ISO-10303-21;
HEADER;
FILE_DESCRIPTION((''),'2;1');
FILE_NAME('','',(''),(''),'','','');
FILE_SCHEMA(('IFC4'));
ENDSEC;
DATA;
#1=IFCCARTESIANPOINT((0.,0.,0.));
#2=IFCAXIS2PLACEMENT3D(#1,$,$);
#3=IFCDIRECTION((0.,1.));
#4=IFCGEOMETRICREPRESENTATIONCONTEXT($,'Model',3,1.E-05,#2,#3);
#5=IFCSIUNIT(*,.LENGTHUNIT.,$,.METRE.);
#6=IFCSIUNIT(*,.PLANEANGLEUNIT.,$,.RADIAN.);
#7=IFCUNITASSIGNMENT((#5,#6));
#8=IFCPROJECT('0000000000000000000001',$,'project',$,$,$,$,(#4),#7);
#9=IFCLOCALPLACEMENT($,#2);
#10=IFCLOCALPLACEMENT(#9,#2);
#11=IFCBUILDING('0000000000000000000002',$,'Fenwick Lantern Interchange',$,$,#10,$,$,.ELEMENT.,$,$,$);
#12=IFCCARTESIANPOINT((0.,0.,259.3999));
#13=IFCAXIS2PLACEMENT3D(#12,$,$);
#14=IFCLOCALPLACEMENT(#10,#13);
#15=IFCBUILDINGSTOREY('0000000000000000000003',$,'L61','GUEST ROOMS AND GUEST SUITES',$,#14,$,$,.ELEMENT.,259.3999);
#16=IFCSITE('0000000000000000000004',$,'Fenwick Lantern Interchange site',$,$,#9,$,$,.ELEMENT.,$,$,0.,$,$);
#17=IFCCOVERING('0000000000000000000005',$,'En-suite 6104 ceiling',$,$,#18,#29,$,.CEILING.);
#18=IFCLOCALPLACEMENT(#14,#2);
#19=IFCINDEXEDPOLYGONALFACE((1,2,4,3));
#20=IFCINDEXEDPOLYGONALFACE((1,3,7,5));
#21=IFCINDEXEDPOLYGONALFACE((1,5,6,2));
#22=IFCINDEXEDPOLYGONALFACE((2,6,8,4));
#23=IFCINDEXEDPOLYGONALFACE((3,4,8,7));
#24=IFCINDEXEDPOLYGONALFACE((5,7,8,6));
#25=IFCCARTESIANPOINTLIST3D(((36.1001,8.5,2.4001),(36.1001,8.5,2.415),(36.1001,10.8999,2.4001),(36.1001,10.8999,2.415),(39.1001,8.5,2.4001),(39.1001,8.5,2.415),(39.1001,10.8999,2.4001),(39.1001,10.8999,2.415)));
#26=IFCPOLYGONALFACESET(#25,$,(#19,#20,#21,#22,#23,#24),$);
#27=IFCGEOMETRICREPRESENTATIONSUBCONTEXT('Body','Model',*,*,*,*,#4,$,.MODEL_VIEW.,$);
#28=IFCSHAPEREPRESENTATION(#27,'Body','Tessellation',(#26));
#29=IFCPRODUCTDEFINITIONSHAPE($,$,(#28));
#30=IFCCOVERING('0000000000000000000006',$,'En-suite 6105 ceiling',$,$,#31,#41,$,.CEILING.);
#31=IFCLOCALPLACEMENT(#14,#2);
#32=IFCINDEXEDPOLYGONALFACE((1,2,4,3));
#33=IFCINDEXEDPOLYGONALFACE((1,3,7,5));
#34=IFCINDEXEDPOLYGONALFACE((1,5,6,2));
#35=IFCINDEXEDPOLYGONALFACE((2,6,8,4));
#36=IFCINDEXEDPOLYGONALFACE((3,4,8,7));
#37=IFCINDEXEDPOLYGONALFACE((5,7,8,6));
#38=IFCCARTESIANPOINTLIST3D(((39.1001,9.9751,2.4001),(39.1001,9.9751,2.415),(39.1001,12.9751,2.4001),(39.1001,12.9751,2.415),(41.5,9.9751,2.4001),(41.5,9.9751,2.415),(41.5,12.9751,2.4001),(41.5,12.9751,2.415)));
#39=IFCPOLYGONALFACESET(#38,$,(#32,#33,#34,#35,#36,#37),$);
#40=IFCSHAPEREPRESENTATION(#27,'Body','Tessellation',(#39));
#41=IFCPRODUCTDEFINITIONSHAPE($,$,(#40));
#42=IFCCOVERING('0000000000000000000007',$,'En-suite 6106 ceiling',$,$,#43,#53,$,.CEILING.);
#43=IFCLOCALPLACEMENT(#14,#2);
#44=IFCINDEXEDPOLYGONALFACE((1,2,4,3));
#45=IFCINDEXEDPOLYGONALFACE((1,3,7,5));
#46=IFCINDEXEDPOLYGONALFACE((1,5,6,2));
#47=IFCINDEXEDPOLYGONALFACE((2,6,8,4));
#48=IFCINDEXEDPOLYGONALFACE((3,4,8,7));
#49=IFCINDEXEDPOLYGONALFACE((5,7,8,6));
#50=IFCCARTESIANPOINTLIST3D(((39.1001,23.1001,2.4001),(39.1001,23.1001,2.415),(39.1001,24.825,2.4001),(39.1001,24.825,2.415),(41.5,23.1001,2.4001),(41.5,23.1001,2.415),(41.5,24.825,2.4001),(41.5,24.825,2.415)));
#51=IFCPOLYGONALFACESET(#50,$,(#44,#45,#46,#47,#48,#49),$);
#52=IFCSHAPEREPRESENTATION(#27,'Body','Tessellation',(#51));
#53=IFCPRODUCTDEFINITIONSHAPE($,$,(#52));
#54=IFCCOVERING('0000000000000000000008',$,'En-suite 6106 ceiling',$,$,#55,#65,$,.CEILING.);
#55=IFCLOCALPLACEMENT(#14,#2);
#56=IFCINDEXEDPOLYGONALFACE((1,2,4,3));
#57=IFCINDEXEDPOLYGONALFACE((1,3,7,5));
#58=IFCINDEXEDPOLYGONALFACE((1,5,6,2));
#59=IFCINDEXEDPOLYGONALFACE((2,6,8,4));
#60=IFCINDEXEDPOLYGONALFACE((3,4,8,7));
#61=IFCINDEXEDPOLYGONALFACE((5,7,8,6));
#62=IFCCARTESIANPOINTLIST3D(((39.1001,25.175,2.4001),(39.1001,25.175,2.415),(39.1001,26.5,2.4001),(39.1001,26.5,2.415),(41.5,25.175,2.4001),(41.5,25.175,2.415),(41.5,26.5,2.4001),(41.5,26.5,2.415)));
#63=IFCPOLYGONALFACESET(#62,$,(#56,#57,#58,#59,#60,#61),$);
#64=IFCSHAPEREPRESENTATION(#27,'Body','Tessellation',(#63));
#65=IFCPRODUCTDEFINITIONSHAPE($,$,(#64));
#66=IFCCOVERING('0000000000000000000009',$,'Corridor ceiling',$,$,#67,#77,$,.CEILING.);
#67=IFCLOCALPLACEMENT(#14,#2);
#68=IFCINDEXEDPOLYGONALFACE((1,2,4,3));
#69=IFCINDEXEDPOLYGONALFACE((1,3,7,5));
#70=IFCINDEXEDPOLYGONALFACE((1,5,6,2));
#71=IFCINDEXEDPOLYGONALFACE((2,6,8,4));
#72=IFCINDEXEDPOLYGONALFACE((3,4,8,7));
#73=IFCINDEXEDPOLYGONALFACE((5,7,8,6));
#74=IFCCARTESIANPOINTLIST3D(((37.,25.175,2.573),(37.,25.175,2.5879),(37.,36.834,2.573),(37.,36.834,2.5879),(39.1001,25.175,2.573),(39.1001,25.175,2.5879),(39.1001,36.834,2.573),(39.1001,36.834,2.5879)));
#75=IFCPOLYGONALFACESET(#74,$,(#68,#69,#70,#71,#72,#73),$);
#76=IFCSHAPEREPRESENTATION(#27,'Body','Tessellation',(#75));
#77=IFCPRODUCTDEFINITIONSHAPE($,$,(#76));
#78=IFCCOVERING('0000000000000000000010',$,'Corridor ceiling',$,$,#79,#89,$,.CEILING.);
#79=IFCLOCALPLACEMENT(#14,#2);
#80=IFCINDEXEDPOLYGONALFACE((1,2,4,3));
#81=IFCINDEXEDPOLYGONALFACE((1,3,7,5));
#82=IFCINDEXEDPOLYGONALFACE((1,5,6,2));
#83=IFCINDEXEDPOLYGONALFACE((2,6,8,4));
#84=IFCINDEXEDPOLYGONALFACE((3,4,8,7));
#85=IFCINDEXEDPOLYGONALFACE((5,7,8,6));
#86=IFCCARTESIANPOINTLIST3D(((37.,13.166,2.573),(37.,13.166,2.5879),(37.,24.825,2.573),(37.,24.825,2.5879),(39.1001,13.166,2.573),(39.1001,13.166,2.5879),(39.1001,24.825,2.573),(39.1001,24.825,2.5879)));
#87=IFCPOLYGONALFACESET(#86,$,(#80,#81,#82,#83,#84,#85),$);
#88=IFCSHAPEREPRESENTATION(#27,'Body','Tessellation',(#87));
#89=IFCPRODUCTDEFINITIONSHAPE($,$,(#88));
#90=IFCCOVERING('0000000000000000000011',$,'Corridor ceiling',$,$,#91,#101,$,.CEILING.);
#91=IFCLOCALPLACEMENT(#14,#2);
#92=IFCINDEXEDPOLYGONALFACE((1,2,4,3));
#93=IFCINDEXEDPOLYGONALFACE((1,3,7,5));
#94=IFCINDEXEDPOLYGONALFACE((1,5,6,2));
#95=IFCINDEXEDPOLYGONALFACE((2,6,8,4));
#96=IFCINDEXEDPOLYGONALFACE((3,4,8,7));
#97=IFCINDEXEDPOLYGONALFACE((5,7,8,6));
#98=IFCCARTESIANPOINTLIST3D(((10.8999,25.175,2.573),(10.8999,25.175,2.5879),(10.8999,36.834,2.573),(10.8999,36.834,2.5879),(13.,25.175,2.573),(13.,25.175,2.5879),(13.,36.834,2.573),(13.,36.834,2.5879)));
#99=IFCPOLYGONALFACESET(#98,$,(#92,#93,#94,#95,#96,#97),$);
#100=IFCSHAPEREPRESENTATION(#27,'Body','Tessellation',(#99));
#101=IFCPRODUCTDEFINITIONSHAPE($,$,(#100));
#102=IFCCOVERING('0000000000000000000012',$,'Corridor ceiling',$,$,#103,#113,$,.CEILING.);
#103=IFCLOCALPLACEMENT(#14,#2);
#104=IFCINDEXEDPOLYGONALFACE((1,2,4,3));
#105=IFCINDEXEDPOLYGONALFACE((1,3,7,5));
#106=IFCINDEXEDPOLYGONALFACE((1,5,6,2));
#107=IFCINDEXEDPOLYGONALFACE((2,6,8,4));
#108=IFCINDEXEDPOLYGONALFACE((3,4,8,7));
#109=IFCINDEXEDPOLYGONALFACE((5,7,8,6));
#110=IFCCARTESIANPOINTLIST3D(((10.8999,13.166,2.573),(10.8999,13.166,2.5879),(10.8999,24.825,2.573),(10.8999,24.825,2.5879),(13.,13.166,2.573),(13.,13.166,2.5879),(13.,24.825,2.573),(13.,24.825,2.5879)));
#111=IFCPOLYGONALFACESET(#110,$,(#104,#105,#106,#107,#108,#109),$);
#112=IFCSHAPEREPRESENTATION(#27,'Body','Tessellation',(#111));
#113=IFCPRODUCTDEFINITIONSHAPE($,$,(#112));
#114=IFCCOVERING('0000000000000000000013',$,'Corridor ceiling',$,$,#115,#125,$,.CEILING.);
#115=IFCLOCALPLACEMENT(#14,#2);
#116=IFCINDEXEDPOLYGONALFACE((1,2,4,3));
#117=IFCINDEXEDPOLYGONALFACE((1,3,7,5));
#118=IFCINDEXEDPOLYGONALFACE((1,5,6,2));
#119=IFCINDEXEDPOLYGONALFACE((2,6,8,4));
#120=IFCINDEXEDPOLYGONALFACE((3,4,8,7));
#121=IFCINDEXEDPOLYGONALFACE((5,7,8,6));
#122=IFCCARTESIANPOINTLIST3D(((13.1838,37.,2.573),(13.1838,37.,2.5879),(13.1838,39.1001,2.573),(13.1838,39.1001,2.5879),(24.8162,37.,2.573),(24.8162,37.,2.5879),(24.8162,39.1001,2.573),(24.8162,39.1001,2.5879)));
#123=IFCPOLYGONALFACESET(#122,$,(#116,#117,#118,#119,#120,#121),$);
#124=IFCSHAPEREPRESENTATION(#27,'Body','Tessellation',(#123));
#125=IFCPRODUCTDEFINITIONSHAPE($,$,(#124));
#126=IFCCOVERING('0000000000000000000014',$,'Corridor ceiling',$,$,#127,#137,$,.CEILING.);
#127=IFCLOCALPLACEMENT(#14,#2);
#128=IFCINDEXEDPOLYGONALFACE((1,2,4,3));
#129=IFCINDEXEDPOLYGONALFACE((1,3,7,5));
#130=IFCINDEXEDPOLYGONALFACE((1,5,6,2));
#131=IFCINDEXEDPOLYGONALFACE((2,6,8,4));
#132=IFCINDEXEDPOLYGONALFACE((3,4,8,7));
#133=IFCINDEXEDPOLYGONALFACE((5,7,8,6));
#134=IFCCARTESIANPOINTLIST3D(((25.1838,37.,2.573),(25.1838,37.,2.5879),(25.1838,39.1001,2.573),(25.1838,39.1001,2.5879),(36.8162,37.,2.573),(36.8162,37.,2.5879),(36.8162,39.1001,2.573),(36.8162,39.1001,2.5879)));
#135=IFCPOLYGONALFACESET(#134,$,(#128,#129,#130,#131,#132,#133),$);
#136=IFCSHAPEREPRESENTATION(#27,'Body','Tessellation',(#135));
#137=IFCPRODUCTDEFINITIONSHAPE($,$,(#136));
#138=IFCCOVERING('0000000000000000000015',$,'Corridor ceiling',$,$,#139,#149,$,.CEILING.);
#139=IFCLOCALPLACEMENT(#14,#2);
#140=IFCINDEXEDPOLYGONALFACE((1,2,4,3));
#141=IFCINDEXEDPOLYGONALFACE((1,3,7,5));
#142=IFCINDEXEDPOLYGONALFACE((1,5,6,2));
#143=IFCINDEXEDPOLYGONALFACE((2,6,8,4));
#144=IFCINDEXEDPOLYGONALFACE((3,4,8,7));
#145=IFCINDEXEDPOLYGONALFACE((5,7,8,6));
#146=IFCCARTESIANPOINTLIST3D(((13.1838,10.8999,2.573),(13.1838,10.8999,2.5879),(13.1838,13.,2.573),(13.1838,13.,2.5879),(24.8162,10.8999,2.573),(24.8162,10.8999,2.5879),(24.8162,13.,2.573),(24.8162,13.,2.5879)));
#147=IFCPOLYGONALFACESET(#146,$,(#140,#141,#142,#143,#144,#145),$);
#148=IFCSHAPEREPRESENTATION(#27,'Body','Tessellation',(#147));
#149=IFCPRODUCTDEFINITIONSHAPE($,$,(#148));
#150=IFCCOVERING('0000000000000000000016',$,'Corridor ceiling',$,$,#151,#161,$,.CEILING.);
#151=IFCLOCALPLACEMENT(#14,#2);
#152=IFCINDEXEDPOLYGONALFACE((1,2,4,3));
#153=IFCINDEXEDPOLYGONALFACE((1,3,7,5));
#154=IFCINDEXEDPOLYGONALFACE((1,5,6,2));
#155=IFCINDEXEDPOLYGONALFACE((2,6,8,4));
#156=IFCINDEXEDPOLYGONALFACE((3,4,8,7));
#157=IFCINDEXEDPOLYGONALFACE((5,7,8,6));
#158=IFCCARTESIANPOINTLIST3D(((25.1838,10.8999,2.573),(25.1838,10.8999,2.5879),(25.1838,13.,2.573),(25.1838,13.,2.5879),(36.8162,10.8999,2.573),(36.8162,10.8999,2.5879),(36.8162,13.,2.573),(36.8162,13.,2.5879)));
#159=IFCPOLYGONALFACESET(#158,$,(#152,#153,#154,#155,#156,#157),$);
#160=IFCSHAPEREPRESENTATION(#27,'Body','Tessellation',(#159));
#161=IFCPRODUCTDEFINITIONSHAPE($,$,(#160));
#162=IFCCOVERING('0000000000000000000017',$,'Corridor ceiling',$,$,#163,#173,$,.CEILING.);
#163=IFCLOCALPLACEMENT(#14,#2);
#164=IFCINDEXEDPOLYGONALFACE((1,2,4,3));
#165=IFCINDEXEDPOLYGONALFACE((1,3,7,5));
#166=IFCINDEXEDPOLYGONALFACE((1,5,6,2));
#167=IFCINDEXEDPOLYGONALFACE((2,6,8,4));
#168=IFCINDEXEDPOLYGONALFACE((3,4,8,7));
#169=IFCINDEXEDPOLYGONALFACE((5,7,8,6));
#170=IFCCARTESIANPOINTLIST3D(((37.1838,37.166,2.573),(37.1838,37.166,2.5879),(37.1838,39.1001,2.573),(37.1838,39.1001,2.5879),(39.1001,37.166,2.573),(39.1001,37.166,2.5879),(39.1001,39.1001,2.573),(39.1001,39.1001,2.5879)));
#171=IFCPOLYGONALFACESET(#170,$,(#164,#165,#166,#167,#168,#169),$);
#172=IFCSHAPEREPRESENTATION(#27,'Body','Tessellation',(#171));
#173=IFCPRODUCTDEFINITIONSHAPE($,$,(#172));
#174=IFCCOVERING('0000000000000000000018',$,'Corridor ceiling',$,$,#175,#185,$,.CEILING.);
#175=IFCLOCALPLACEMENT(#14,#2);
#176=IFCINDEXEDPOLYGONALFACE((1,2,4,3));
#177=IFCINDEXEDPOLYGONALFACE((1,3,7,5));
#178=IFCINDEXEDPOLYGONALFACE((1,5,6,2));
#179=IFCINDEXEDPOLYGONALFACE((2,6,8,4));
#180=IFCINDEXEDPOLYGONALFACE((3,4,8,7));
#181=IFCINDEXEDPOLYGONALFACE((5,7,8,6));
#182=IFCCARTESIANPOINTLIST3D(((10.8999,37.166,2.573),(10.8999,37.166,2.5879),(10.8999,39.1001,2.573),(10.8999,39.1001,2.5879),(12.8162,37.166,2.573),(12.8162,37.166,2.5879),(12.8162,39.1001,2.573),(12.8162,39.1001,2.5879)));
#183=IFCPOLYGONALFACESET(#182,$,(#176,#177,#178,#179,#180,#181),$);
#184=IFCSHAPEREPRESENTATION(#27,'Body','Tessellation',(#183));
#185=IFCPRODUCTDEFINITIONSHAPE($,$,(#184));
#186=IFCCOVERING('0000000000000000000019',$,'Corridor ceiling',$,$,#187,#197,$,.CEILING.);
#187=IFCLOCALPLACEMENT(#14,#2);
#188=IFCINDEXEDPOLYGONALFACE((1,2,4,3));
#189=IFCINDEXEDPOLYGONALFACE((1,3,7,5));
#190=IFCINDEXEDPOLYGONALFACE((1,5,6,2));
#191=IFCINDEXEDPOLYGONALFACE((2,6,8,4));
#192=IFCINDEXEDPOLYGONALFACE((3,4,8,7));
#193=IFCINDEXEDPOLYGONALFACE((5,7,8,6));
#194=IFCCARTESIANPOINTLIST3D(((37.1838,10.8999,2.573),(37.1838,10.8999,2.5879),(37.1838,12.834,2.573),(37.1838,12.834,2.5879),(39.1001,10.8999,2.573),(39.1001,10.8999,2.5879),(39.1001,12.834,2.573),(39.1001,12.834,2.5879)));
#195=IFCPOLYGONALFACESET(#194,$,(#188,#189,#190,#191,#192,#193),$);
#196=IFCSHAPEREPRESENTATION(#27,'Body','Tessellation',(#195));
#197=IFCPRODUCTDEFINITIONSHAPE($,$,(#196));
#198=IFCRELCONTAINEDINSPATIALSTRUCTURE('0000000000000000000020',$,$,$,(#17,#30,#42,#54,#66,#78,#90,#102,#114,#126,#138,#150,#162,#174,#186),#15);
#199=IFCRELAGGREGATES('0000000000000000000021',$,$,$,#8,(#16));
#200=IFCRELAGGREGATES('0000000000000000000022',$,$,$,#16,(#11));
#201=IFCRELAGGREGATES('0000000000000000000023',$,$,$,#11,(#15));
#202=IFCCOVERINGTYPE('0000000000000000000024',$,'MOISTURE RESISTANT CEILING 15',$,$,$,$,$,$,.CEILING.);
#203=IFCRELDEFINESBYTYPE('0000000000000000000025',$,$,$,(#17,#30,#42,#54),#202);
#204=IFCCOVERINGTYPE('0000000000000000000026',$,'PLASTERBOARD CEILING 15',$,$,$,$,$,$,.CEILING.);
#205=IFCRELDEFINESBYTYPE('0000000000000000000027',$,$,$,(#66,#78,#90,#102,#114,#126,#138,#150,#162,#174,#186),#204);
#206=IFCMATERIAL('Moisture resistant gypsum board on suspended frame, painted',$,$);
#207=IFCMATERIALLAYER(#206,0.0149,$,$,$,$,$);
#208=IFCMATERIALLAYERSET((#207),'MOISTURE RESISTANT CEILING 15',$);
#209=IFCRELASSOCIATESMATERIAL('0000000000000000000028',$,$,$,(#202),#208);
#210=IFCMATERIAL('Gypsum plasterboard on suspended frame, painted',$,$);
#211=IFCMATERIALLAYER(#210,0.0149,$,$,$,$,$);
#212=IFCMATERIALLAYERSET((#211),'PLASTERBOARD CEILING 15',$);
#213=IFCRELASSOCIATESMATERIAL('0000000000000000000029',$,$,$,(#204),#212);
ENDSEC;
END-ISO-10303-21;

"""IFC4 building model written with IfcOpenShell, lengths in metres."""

from ifc_helpers import new_model, si_unit, direction, frame, origin, place, context, subcontext, project, spatial, polyline, outline, extrude, material, layer, layer_set, type_object, element, save


model = new_model("IFC4")

# Units and contexts
model_context = context("Model", 3, precision=1e-05, world=origin(), true_north=direction((0.0, 1.0)))
body_context = subcontext(model_context, "Body", "Model", "MODEL_VIEW")
ifc_project = project(units=[si_unit("LENGTHUNIT", "METRE"), si_unit("PLANEANGLEUNIT", "RADIAN")], contexts=[model_context])

# Site, building, storey
site_placement = place(None, origin())
site = spatial("IfcSite", under=ifc_project, at=site_placement, Name="Fenwick Lantern Interchange site", CompositionType="ELEMENT", RefElevation=0.0)
building_placement = place(site_placement, origin())
building = spatial("IfcBuilding", under=site, at=building_placement, Name="Fenwick Lantern Interchange", CompositionType="ELEMENT")
storey_placement = place(building_placement, frame((0.0, 0.0, 259.3999)))
storey = spatial("IfcBuildingStorey", under=building, at=storey_placement, Name="L61", Description="GUEST ROOMS AND GUEST SUITES", CompositionType="ELEMENT", Elevation=259.3999)

# Coverings
ifc_material_1 = material(Name="Moisture resistant gypsum board on suspended frame, painted")
ifc_layer_1 = layer(ifc_material_1, 0.0149)
ifc_layer_set_1 = layer_set([ifc_layer_1], Name="MOISTURE RESISTANT CEILING 15")
covering_type_1 = type_object("IfcCoveringType", Name="MOISTURE RESISTANT CEILING 15", PredefinedType="CEILING", material=ifc_layer_set_1)
covering_1_placement = place(storey_placement, frame((0.0, 0.0, 2.4001)))
element("IfcCovering", 1, at=covering_1_placement, inside=storey, type_object=covering_type_1, Name="En-suite 6104 ceiling", PredefinedType="CEILING", context=body_context, shape_type="SweptSolid", body=[
    extrude(outline(polyline([(36.1001, 8.5), (39.1001, 8.5), (39.1001, 10.8999), (36.1001, 10.8999), (36.1001, 8.5)])), origin(), (0.0, 0.0, 1.0), 0.0149),
])
covering_2_placement = place(storey_placement, frame((0.0, 0.0, 2.4001)))
element("IfcCovering", 2, at=covering_2_placement, inside=storey, type_object=covering_type_1, Name="En-suite 6105 ceiling", PredefinedType="CEILING", context=body_context, shape_type="SweptSolid", body=[
    extrude(outline(polyline([(41.5, 9.9751), (41.5, 12.9751), (39.1001, 12.9751), (39.1001, 9.9751), (41.5, 9.9751)])), origin(), (0.0, 0.0, 1.0), 0.0149),
])
covering_3_placement = place(storey_placement, frame((0.0, 0.0, 2.4001)))
element("IfcCovering", 3, at=covering_3_placement, inside=storey, type_object=covering_type_1, Name="En-suite 6106 ceiling", PredefinedType="CEILING", context=body_context, shape_type="SweptSolid", body=[
    extrude(outline(polyline([(41.5, 23.1001), (41.5, 24.825), (39.1001, 24.825), (39.1001, 23.1001), (41.5, 23.1001)])), origin(), (0.0, 0.0, 1.0), 0.0149),
])
covering_4_placement = place(storey_placement, frame((0.0, 0.0, 2.4001)))
element("IfcCovering", 4, at=covering_4_placement, inside=storey, type_object=covering_type_1, Name="En-suite 6106 ceiling", PredefinedType="CEILING", context=body_context, shape_type="SweptSolid", body=[
    extrude(outline(polyline([(39.1001, 26.5), (39.1001, 25.175), (41.5, 25.175), (41.5, 26.5), (39.1001, 26.5)])), origin(), (0.0, 0.0, 1.0), 0.0149),
])
ifc_material_2 = material(Name="Gypsum plasterboard on suspended frame, painted")
ifc_layer_2 = layer(ifc_material_2, 0.0149)
ifc_layer_set_2 = layer_set([ifc_layer_2], Name="PLASTERBOARD CEILING 15")
covering_type_2 = type_object("IfcCoveringType", Name="PLASTERBOARD CEILING 15", PredefinedType="CEILING", material=ifc_layer_set_2)
covering_5_placement = place(storey_placement, frame((0.0, 0.0, 2.573)))
element("IfcCovering", 5, at=covering_5_placement, inside=storey, type_object=covering_type_2, Name="Corridor ceiling", PredefinedType="CEILING", context=body_context, shape_type="SweptSolid", body=[
    extrude(outline(polyline([(39.1001, 25.175), (39.1001, 36.834), (37.0, 36.834), (37.0, 25.175), (39.1001, 25.175)])), origin(), (0.0, 0.0, 1.0), 0.0149),
])
covering_6_placement = place(storey_placement, frame((0.0, 0.0, 2.573)))
element("IfcCovering", 6, at=covering_6_placement, inside=storey, type_object=covering_type_2, Name="Corridor ceiling", PredefinedType="CEILING", context=body_context, shape_type="SweptSolid", body=[
    extrude(outline(polyline([(39.1001, 13.166), (39.1001, 24.825), (37.0, 24.825), (37.0, 13.166), (39.1001, 13.166)])), origin(), (0.0, 0.0, 1.0), 0.0149),
])
covering_7_placement = place(storey_placement, frame((0.0, 0.0, 2.573)))
element("IfcCovering", 7, at=covering_7_placement, inside=storey, type_object=covering_type_2, Name="Corridor ceiling", PredefinedType="CEILING", context=body_context, shape_type="SweptSolid", body=[
    extrude(outline(polyline([(10.8999, 36.834), (10.8999, 25.175), (13.0, 25.175), (13.0, 36.834), (10.8999, 36.834)])), origin(), (0.0, 0.0, 1.0), 0.0149),
])
covering_8_placement = place(storey_placement, frame((0.0, 0.0, 2.573)))
element("IfcCovering", 8, at=covering_8_placement, inside=storey, type_object=covering_type_2, Name="Corridor ceiling", PredefinedType="CEILING", context=body_context, shape_type="SweptSolid", body=[
    extrude(outline(polyline([(10.8999, 24.825), (10.8999, 13.166), (13.0, 13.166), (13.0, 24.825), (10.8999, 24.825)])), origin(), (0.0, 0.0, 1.0), 0.0149),
])
covering_9_placement = place(storey_placement, frame((0.0, 0.0, 2.573)))
element("IfcCovering", 9, at=covering_9_placement, inside=storey, type_object=covering_type_2, Name="Corridor ceiling", PredefinedType="CEILING", context=body_context, shape_type="SweptSolid", body=[
    extrude(outline(polyline([(24.8162, 39.1001), (13.1838, 39.1001), (13.1838, 37.0), (24.8162, 37.0), (24.8162, 39.1001)])), origin(), (0.0, 0.0, 1.0), 0.0149),
])
covering_10_placement = place(storey_placement, frame((0.0, 0.0, 2.573)))
element("IfcCovering", 10, at=covering_10_placement, inside=storey, type_object=covering_type_2, Name="Corridor ceiling", PredefinedType="CEILING", context=body_context, shape_type="SweptSolid", body=[
    extrude(outline(polyline([(36.8162, 39.1001), (25.1838, 39.1001), (25.1838, 37.0), (36.8162, 37.0), (36.8162, 39.1001)])), origin(), (0.0, 0.0, 1.0), 0.0149),
])
covering_11_placement = place(storey_placement, frame((0.0, 0.0, 2.573)))
element("IfcCovering", 11, at=covering_11_placement, inside=storey, type_object=covering_type_2, Name="Corridor ceiling", PredefinedType="CEILING", context=body_context, shape_type="SweptSolid", body=[
    extrude(outline(polyline([(13.1838, 10.8999), (24.8162, 10.8999), (24.8162, 13.0), (13.1838, 13.0), (13.1838, 10.8999)])), origin(), (0.0, 0.0, 1.0), 0.0149),
])
covering_12_placement = place(storey_placement, frame((0.0, 0.0, 2.573)))
element("IfcCovering", 12, at=covering_12_placement, inside=storey, type_object=covering_type_2, Name="Corridor ceiling", PredefinedType="CEILING", context=body_context, shape_type="SweptSolid", body=[
    extrude(outline(polyline([(25.1838, 10.8999), (36.8162, 10.8999), (36.8162, 13.0), (25.1838, 13.0), (25.1838, 10.8999)])), origin(), (0.0, 0.0, 1.0), 0.0149),
])
covering_13_placement = place(storey_placement, frame((0.0, 0.0, 2.573)))
element("IfcCovering", 13, at=covering_13_placement, inside=storey, type_object=covering_type_2, Name="Corridor ceiling", PredefinedType="CEILING", context=body_context, shape_type="SweptSolid", body=[
    extrude(outline(polyline([(39.1001, 39.1001), (37.1838, 39.1001), (37.1838, 37.166), (39.1001, 37.166), (39.1001, 39.1001)])), origin(), (0.0, 0.0, 1.0), 0.0149),
])
covering_14_placement = place(storey_placement, frame((0.0, 0.0, 2.573)))
element("IfcCovering", 14, at=covering_14_placement, inside=storey, type_object=covering_type_2, Name="Corridor ceiling", PredefinedType="CEILING", context=body_context, shape_type="SweptSolid", body=[
    extrude(outline(polyline([(12.8162, 39.1001), (10.8999, 39.1001), (10.8999, 37.166), (12.8162, 37.166), (12.8162, 39.1001)])), origin(), (0.0, 0.0, 1.0), 0.0149),
])
covering_15_placement = place(storey_placement, frame((0.0, 0.0, 2.573)))
element("IfcCovering", 15, at=covering_15_placement, inside=storey, type_object=covering_type_2, Name="Corridor ceiling", PredefinedType="CEILING", context=body_context, shape_type="SweptSolid", body=[
    extrude(outline(polyline([(39.1001, 10.8999), (39.1001, 12.834), (37.1838, 12.834), (37.1838, 10.8999), (39.1001, 10.8999)])), origin(), (0.0, 0.0, 1.0), 0.0149),
])

save(model, "model.ifc")
